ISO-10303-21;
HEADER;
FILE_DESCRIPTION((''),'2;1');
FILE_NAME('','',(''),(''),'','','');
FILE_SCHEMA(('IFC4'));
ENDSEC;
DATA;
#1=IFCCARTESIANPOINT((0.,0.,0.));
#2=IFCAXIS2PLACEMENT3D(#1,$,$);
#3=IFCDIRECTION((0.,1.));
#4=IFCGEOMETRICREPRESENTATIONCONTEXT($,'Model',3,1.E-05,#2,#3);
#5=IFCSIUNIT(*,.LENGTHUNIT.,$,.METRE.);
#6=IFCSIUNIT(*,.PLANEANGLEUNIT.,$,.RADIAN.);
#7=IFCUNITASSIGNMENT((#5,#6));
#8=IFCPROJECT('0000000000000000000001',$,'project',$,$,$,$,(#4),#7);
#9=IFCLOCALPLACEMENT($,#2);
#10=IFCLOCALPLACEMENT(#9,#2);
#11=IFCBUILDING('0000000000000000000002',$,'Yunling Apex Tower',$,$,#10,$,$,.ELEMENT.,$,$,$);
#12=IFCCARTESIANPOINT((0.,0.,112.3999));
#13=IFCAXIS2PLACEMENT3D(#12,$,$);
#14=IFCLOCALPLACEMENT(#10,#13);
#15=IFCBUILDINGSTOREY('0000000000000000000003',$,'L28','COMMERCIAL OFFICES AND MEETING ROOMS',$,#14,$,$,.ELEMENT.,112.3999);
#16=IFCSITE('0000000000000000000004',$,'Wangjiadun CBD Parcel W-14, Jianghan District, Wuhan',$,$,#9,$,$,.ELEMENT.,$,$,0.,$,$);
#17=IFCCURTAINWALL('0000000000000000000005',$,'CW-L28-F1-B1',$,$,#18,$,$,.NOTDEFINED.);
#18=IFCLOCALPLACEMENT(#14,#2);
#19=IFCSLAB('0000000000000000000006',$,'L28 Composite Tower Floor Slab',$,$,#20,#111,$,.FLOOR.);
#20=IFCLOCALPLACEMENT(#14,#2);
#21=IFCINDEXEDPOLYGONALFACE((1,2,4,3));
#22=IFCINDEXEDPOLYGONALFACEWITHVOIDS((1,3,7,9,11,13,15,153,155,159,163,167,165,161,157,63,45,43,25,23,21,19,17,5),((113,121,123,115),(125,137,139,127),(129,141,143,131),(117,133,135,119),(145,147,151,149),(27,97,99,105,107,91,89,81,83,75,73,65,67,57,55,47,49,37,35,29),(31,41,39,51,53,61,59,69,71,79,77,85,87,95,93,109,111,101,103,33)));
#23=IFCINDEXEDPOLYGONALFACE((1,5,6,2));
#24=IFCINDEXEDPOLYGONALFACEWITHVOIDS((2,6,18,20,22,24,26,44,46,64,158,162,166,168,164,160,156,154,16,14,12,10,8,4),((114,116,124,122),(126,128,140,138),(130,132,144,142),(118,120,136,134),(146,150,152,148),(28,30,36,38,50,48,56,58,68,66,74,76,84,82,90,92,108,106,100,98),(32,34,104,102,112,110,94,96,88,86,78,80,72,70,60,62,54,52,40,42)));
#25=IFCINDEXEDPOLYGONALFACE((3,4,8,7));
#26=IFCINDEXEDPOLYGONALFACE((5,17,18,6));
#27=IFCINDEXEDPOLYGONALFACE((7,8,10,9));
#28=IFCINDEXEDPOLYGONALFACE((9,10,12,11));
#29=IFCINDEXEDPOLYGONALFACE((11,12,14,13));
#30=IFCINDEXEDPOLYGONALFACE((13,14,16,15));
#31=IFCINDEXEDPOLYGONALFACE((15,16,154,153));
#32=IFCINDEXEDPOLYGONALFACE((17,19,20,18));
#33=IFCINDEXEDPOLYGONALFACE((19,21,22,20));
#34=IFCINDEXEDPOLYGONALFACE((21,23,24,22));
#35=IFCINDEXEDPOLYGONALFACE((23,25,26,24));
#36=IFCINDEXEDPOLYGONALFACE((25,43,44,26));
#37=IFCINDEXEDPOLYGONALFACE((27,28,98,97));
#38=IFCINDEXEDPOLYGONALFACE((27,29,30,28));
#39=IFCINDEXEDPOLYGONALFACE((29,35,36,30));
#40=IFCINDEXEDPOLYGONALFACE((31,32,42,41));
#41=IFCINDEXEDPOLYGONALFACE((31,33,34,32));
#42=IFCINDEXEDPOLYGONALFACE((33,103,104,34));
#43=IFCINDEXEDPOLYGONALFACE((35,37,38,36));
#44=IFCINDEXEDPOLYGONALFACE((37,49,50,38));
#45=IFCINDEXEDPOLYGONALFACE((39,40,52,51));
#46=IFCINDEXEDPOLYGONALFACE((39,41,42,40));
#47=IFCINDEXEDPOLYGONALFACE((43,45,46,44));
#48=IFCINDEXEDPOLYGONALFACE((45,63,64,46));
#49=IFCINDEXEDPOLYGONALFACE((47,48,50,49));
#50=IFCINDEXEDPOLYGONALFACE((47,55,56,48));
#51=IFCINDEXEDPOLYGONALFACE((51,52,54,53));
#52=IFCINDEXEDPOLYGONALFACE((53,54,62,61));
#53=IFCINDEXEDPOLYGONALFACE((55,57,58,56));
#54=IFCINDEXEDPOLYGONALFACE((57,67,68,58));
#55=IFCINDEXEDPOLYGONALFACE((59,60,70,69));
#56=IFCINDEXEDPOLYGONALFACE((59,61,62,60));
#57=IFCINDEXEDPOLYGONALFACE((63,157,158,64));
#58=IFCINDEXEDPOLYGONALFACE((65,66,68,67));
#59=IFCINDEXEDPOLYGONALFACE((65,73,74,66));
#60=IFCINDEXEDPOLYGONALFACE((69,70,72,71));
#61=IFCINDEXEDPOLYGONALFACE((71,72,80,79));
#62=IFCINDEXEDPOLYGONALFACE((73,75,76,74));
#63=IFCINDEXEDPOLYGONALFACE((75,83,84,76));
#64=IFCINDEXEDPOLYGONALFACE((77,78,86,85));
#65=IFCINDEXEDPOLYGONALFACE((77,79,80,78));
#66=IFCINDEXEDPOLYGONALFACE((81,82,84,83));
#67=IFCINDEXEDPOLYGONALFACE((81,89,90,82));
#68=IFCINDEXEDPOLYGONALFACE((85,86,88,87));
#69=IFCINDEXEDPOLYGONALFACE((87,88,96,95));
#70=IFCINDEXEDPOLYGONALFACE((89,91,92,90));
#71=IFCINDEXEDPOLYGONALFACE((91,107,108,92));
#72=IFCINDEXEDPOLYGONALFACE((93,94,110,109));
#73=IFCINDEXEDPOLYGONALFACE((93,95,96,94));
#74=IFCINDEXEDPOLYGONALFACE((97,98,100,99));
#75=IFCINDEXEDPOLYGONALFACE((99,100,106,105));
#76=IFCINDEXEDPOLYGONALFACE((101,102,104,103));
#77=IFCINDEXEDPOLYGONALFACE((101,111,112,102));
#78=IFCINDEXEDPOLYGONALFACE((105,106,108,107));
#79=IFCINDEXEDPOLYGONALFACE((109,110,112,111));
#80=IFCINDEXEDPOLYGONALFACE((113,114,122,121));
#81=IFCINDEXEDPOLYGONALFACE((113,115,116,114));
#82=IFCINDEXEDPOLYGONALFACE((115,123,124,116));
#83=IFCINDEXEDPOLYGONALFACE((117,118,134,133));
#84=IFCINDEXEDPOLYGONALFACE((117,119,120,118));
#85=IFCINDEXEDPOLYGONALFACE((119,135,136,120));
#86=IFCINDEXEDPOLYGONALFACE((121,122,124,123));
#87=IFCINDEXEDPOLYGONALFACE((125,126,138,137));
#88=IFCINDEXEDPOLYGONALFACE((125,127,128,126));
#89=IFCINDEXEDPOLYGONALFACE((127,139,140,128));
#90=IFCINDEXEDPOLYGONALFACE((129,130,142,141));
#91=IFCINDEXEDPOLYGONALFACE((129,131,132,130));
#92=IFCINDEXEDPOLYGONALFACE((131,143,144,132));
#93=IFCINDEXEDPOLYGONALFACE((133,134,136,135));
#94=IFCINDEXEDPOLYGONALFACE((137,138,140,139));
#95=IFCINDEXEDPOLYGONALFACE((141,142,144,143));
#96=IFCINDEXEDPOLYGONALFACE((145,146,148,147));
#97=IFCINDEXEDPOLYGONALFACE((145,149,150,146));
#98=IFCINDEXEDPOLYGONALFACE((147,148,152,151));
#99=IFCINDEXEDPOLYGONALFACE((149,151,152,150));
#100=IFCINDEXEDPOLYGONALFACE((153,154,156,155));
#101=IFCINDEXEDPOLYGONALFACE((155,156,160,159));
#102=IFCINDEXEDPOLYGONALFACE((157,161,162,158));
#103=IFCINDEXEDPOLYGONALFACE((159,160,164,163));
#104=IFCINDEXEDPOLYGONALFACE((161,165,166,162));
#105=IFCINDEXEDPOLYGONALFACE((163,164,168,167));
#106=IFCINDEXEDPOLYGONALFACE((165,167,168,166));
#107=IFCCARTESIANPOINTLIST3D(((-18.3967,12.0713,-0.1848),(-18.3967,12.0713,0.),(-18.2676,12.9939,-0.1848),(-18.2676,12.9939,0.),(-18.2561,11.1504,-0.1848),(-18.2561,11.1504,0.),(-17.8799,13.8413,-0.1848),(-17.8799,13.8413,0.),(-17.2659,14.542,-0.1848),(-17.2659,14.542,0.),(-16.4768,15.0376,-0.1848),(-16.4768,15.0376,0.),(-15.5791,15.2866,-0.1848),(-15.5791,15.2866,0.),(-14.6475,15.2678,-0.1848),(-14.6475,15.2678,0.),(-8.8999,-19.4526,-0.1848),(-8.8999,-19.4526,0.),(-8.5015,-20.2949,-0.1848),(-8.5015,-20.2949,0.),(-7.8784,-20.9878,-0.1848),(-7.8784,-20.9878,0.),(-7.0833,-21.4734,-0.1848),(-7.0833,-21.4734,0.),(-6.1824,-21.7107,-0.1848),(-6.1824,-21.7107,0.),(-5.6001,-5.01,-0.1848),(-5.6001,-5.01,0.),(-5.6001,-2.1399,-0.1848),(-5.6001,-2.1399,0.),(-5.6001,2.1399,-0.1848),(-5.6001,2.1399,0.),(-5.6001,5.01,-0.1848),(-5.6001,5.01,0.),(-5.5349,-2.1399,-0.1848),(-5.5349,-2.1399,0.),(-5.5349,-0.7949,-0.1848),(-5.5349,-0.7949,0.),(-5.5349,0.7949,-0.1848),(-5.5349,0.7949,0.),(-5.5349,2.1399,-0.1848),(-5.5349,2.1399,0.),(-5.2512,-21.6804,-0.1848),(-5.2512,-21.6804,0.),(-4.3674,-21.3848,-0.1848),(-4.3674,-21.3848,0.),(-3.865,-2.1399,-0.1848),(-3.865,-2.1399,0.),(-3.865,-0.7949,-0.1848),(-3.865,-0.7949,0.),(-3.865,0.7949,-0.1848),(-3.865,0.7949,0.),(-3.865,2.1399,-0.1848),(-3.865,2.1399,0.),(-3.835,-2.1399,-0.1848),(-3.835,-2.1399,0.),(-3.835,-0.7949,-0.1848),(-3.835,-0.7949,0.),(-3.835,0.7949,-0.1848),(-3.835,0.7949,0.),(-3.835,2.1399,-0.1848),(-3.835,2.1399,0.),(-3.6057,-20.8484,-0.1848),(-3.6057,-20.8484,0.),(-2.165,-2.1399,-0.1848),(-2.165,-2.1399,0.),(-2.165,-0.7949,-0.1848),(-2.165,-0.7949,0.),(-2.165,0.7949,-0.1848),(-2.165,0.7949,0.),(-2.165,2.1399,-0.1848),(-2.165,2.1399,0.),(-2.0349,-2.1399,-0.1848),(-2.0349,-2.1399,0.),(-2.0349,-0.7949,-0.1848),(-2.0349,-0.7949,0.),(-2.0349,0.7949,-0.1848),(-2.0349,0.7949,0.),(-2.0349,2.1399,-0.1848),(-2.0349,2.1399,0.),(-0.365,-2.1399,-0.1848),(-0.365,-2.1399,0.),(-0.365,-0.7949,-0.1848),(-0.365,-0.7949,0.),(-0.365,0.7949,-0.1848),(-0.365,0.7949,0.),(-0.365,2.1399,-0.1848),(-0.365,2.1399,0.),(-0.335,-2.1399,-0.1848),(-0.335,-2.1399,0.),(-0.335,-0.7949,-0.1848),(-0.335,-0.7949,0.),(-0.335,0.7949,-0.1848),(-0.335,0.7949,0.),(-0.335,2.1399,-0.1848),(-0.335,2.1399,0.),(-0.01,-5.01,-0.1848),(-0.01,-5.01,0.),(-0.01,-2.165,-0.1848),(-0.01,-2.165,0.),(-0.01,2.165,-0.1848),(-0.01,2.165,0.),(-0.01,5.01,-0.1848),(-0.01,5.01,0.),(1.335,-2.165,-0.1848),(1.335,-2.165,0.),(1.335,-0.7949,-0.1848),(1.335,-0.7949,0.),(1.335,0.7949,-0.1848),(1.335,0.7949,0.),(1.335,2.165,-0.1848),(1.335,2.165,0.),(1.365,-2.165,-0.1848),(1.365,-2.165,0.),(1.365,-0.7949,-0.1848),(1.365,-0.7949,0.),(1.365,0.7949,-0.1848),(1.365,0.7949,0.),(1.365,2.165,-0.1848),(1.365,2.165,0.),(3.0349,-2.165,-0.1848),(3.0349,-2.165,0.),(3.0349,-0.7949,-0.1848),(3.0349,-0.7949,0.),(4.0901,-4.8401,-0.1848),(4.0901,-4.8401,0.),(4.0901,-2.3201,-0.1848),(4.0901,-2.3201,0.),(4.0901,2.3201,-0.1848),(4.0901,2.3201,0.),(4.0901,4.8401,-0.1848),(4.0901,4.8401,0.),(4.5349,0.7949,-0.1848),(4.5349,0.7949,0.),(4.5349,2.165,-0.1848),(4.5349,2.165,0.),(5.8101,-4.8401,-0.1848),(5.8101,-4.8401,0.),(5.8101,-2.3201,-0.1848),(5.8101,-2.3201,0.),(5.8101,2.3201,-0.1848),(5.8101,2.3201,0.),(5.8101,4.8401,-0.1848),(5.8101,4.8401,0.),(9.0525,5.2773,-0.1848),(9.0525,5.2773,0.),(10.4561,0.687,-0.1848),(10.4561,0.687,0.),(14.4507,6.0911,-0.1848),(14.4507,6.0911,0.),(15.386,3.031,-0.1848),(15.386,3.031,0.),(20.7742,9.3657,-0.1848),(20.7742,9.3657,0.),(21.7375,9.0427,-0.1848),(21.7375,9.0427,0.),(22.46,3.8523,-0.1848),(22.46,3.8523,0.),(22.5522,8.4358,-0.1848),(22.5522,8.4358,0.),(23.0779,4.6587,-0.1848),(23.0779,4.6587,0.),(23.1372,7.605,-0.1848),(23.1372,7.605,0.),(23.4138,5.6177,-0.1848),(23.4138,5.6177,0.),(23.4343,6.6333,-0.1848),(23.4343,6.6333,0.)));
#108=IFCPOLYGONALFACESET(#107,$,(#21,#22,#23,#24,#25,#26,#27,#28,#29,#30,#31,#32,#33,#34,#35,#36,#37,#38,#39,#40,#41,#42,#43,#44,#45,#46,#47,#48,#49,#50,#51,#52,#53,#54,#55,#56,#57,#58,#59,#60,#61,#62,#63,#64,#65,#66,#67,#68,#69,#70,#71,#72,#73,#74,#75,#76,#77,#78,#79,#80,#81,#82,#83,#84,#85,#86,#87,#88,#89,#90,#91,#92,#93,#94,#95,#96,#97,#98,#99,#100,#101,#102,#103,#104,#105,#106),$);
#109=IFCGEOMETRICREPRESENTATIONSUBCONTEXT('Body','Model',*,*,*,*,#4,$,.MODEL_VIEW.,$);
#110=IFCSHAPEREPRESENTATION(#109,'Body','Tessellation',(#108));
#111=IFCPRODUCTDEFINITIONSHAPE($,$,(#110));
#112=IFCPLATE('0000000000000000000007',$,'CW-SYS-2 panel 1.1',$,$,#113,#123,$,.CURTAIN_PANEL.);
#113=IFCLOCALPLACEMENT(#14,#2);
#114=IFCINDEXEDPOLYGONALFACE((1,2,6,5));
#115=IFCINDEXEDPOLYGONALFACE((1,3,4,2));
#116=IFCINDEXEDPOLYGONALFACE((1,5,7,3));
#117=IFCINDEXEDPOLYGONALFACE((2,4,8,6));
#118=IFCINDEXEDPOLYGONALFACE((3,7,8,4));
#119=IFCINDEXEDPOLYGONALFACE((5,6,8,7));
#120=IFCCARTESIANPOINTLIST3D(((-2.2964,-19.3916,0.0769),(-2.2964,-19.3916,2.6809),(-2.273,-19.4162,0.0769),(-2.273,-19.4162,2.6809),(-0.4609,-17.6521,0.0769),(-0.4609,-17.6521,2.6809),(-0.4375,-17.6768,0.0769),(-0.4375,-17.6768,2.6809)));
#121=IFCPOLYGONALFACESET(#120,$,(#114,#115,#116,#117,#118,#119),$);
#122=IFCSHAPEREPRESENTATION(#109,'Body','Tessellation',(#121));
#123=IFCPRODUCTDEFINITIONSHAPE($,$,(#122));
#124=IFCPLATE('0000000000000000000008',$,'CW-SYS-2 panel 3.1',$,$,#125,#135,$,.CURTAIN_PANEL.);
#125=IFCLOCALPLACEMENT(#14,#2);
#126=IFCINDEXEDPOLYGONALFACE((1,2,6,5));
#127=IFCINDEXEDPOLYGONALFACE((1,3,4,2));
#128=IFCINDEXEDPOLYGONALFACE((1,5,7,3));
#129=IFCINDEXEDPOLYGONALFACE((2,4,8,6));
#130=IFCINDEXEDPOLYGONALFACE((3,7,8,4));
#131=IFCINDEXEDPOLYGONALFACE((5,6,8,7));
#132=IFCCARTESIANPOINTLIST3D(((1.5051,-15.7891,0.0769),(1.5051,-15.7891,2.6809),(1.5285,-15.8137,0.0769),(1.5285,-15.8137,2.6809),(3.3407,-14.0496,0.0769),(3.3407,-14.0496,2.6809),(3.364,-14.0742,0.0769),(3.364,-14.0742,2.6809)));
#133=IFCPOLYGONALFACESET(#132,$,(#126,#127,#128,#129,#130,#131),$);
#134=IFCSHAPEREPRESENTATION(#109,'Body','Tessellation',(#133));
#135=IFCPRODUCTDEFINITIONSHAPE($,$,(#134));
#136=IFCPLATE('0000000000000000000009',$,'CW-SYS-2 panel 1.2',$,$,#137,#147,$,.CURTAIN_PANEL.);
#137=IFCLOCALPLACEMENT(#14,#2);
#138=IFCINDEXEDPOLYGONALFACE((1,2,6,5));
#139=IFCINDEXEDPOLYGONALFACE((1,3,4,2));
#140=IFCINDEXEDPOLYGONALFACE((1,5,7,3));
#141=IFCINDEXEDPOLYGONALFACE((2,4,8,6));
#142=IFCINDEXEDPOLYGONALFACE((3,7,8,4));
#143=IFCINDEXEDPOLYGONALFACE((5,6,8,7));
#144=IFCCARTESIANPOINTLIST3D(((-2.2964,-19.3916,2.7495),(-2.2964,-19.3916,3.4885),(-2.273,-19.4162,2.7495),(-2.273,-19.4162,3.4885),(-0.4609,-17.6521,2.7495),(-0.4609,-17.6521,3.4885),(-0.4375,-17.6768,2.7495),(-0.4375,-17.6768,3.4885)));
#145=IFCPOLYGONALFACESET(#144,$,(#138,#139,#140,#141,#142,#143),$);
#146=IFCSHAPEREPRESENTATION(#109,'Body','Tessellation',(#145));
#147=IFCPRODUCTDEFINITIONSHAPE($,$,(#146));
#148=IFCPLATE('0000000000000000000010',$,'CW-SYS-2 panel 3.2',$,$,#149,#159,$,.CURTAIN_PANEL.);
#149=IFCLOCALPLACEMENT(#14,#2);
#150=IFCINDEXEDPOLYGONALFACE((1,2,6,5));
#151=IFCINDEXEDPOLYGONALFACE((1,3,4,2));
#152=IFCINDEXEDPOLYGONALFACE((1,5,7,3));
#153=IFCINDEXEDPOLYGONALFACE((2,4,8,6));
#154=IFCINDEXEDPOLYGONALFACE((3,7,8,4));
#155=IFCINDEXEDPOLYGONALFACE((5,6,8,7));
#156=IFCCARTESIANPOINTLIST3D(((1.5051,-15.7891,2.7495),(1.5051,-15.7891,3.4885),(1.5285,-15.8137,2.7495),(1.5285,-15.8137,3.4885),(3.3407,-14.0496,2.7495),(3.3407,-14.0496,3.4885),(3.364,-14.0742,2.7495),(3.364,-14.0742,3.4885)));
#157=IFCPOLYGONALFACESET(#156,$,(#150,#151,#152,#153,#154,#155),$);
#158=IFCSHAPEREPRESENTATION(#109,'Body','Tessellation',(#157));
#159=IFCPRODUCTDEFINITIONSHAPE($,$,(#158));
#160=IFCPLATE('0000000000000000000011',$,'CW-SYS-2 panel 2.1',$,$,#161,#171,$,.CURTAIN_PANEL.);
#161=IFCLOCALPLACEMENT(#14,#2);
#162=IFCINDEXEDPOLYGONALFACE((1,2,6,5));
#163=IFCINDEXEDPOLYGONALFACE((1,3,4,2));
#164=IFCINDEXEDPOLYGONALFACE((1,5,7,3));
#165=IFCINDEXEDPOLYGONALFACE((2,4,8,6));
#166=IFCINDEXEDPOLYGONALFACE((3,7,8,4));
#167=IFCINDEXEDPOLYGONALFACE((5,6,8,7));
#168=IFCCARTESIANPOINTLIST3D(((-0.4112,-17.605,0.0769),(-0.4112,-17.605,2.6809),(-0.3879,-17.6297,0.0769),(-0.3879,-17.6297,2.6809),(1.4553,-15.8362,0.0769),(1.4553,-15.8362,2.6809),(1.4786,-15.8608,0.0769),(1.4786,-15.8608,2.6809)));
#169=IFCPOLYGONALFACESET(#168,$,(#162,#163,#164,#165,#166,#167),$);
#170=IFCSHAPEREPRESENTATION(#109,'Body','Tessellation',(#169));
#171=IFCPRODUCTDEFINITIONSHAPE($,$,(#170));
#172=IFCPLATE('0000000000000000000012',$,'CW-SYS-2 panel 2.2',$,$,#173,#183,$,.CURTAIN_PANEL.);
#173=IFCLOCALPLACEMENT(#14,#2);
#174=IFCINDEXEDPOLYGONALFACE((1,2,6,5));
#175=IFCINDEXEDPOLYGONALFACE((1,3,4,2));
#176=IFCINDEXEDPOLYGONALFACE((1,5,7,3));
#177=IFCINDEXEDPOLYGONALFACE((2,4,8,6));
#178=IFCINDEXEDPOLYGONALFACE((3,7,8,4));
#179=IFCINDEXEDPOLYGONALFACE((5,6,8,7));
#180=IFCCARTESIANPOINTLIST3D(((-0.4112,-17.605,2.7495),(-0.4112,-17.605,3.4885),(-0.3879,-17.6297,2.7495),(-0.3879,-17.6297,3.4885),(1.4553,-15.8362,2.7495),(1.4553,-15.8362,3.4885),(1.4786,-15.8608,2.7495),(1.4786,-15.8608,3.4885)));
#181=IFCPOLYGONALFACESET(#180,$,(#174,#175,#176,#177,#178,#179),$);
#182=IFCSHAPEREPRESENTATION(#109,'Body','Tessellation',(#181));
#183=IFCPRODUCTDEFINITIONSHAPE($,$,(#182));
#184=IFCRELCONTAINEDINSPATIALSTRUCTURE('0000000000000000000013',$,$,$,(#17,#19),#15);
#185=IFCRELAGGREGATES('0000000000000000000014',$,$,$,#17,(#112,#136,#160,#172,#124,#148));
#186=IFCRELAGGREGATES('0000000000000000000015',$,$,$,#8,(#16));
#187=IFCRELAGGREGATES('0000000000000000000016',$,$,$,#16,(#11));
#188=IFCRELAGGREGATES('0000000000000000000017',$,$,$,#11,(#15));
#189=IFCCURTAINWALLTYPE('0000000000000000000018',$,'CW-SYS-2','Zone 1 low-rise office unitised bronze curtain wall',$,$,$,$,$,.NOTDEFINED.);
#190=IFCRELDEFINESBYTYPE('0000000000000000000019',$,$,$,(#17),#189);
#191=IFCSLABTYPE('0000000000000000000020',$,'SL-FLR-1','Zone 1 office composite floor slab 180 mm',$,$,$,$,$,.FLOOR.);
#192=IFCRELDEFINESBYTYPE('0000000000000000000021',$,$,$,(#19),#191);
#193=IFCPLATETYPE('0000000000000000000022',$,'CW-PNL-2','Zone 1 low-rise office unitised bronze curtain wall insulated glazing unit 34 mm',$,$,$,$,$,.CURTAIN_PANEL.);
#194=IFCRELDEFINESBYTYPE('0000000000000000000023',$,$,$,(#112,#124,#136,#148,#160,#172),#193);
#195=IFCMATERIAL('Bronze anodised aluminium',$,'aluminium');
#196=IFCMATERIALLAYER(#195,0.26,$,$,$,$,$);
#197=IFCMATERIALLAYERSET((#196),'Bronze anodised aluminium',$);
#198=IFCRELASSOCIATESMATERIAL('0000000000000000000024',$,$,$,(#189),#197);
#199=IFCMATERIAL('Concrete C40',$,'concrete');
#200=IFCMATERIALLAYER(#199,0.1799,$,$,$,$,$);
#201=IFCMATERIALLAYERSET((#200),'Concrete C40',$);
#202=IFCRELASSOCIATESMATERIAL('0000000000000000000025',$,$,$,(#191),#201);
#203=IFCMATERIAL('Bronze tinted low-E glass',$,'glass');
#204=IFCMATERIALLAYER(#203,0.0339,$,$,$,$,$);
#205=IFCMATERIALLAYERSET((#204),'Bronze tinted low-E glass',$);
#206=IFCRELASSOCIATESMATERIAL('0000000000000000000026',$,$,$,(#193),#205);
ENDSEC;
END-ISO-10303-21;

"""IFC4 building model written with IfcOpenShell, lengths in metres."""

from ifc_helpers import new_model, si_unit, direction, frame, origin, origin_2d, place, context, subcontext, project, spatial, polyline, rectangle, outline, extrude, source, transform, mapped, material, layer, layer_set, type_object, element, aggregate, save


model = new_model("IFC4")

# Units and contexts
model_context = context("Model", 3, precision=1e-05, world=origin(), true_north=direction((0.0, 1.0)))
body_context = subcontext(model_context, "Body", "Model", "MODEL_VIEW")
ifc_project = project(units=[si_unit("LENGTHUNIT", "METRE"), si_unit("PLANEANGLEUNIT", "RADIAN")], contexts=[model_context])

# Site, building, storey
site_placement = place(None, origin())
site = spatial("IfcSite", under=ifc_project, at=site_placement, Name="Wangjiadun CBD Parcel W-14, Jianghan District, Wuhan", CompositionType="ELEMENT", RefElevation=0.0)
building_placement = place(site_placement, origin())
building = spatial("IfcBuilding", under=site, at=building_placement, Name="Yunling Apex Tower", CompositionType="ELEMENT")
storey_placement = place(building_placement, frame((0.0, 0.0, 112.3999)))
storey = spatial("IfcBuildingStorey", under=building, at=storey_placement, Name="L28", Description="COMMERCIAL OFFICES AND MEETING ROOMS", CompositionType="ELEMENT", Elevation=112.3999)

# Curtain wall
ifc_material_1 = material(Name="Bronze anodised aluminium", Category="aluminium")
ifc_layer_1 = layer(ifc_material_1, 0.26)
ifc_layer_set_1 = layer_set([ifc_layer_1], Name="Bronze anodised aluminium")
curtain_wall_type = type_object("IfcCurtainWallType", Name="CW-SYS-2", Description="Zone 1 low-rise office unitised bronze curtain wall", PredefinedType="NOTDEFINED", material=ifc_layer_set_1)
curtain_wall_1_placement = place(storey_placement, origin())
curtain_wall_1 = element("IfcCurtainWall", 1, at=curtain_wall_1_placement, inside=storey, type_object=curtain_wall_type, Name="CW-L28-F1-B1", PredefinedType="NOTDEFINED")

# Slab
ifc_material_2 = material(Name="Concrete C40", Category="concrete")
ifc_layer_2 = layer(ifc_material_2, 0.1799)
ifc_layer_set_2 = layer_set([ifc_layer_2], Name="Concrete C40")
slab_type = type_object("IfcSlabType", Name="SL-FLR-1", Description="Zone 1 office composite floor slab 180 mm", PredefinedType="FLOOR", material=ifc_layer_set_2)
slab_placement = place(storey_placement, frame((0.0, 0.0, -0.1848)))
element("IfcSlab", 2, at=slab_placement, inside=storey, type_object=slab_type, Name="L28 Composite Tower Floor Slab", PredefinedType="FLOOR", context=body_context, shape_type="SweptSolid", body=[
    extrude(outline(polyline([(-8.8999, -19.4526), (-8.5015, -20.2949), (-7.8784, -20.9878), (-7.0833, -21.4734), (-6.1824, -21.7107), (-5.2512, -21.6804), (-4.3674, -21.3848), (-3.6057, -20.8484), (22.46, 3.8523), (23.0779, 4.6587), (23.4138, 5.6177), (23.4343, 6.6333), (23.1372, 7.605), (22.5522, 8.4358), (21.7375, 9.0427), (20.7742, 9.3657), (-14.6475, 15.2678), (-15.5791, 15.2866), (-16.4768, 15.0376), (-17.2659, 14.542), (-17.8799, 13.8413), (-18.2676, 12.9939), (-18.3967, 12.0713), (-18.2561, 11.1504), (-8.8999, -19.4526)]), holes=[polyline([(14.4507, 6.0911), (15.386, 3.031), (10.4561, 0.687), (9.0525, 5.2773), (14.4507, 6.0911)]), polyline([(5.8101, -2.3201), (5.8101, -4.8401), (4.0901, -4.8401), (4.0901, -2.3201), (5.8101, -2.3201)]), polyline([(5.8101, 4.8401), (5.8101, 2.3201), (4.0901, 2.3201), (4.0901, 4.8401), (5.8101, 4.8401)]), polyline([(4.5349, 0.7949), (1.365, 0.7949), (1.365, 2.165), (4.5349, 2.165), (4.5349, 0.7949)]), polyline([(3.0349, -0.7949), (3.0349, -2.165), (1.365, -2.165), (1.365, -0.7949), (3.0349, -0.7949)]), polyline([(-3.865, -0.7949), (-3.865, -2.1399), (-3.835, -2.1399), (-3.835, -0.7949), (-2.165, -0.7949), (-2.165, -2.1399), (-2.0349, -2.1399), (-2.0349, -0.7949), (-0.365, -0.7949), (-0.365, -2.1399), (-0.335, -2.1399), (-0.335, -0.7949), (1.335, -0.7949), (1.335, -2.165), (-0.01, -2.165), (-0.01, -5.01), (-5.6001, -5.01), (-5.6001, -2.1399), (-5.5349, -2.1399), (-5.5349, -0.7949), (-3.865, -0.7949)]), polyline([(-5.6001, 2.1399), (-5.6001, 5.01), (-0.01, 5.01), (-0.01, 2.165), (1.335, 2.165), (1.335, 0.7949), (-0.335, 0.7949), (-0.335, 2.1399), (-0.365, 2.1399), (-0.365, 0.7949), (-2.0349, 0.7949), (-2.0349, 2.1399), (-2.165, 2.1399), (-2.165, 0.7949), (-3.835, 0.7949), (-3.835, 2.1399), (-3.865, 2.1399), (-3.865, 0.7949), (-5.5349, 0.7949), (-5.5349, 2.1399), (-5.6001, 2.1399)])]), origin(), (0.0, 0.0, 1.0), 0.1848),
])

# Plates
ifc_material_3 = material(Name="Bronze tinted low-E glass", Category="glass")
ifc_layer_3 = layer(ifc_material_3, 0.0339)
ifc_layer_set_3 = layer_set([ifc_layer_3], Name="Bronze tinted low-E glass")
plate_type = type_object("IfcPlateType", Name="CW-PNL-2", Description="Zone 1 low-rise office unitised bronze curtain wall insulated glazing unit 34 mm", PredefinedType="CURTAIN_PANEL", material=ifc_layer_set_3)
shared_shape_1 = source(origin(), body_context, "Body", "SweptSolid", [
    extrude(rectangle(XDim=2.5288, YDim=0.0339, at=origin_2d()), origin(), (0.0, 0.0, 1.0), 2.604),
])
plate_1_placement = place(storey_placement, frame((-1.3669, -18.5342, 0.0769), z_axis=(0.0, 0.0, 1.0), x_axis=(0.725842, 0.687861, 0.0)))
plate_1 = element("IfcPlate", 3, at=plate_1_placement, type_object=plate_type, Name="CW-SYS-2 panel 1.1", PredefinedType="CURTAIN_PANEL", context=body_context, shape_type="MappedRepresentation", body=[
    mapped(shared_shape_1, transform((0.0, 0.0, 0.0), scale=1.0)),
])
plate_2_placement = place(storey_placement, frame((2.4346, -14.9316, 0.0769), z_axis=(0.0, 0.0, 1.0), x_axis=(0.725842, 0.687861, 0.0)))
plate_2 = element("IfcPlate", 4, at=plate_2_placement, type_object=plate_type, Name="CW-SYS-2 panel 3.1", PredefinedType="CURTAIN_PANEL", context=body_context, shape_type="MappedRepresentation", body=[
    mapped(shared_shape_1, transform((0.0, 0.0, 0.0), scale=1.0)),
])
shared_shape_2 = source(origin(), body_context, "Body", "SweptSolid", [
    extrude(rectangle(XDim=2.5288, YDim=0.0339, at=origin_2d()), origin(), (0.0, 0.0, 1.0), 0.739),
])
plate_3_placement = place(storey_placement, frame((-1.3669, -18.5342, 2.7495), z_axis=(0.0, 0.0, 1.0), x_axis=(0.725842, 0.687861, 0.0)))
plate_3 = element("IfcPlate", 5, at=plate_3_placement, type_object=plate_type, Name="CW-SYS-2 panel 1.2", PredefinedType="CURTAIN_PANEL", context=body_context, shape_type="MappedRepresentation", body=[
    mapped(shared_shape_2, transform((0.0, 0.0, 0.0), scale=1.0)),
])
plate_4_placement = place(storey_placement, frame((2.4346, -14.9316, 2.7495), z_axis=(0.0, 0.0, 1.0), x_axis=(0.725842, 0.687861, 0.0)))
plate_4 = element("IfcPlate", 6, at=plate_4_placement, type_object=plate_type, Name="CW-SYS-2 panel 3.2", PredefinedType="CURTAIN_PANEL", context=body_context, shape_type="MappedRepresentation", body=[
    mapped(shared_shape_2, transform((0.0, 0.0, 0.0), scale=1.0)),
])
shared_shape_3 = source(origin(), body_context, "Body", "SweptSolid", [
    extrude(rectangle(XDim=2.5715, YDim=0.0339, at=origin_2d()), origin(), (0.0, 0.0, 1.0), 2.604),
])
plate_5_placement = place(storey_placement, frame((0.5337, -16.7329, 0.0769), z_axis=(0.0, 0.0, 1.0), x_axis=(0.725842, 0.687861, 0.0)))
plate_5 = element("IfcPlate", 7, at=plate_5_placement, type_object=plate_type, Name="CW-SYS-2 panel 2.1", PredefinedType="CURTAIN_PANEL", context=body_context, shape_type="MappedRepresentation", body=[
    mapped(shared_shape_3, transform((0.0, 0.0, 0.0), scale=1.0)),
])
shared_shape_4 = source(origin(), body_context, "Body", "SweptSolid", [
    extrude(rectangle(XDim=2.5715, YDim=0.0339, at=origin_2d()), origin(), (0.0, 0.0, 1.0), 0.739),
])
plate_6_placement = place(storey_placement, frame((0.5337, -16.7329, 2.7495), z_axis=(0.0, 0.0, 1.0), x_axis=(0.725842, 0.687861, 0.0)))
plate_6 = element("IfcPlate", 8, at=plate_6_placement, type_object=plate_type, Name="CW-SYS-2 panel 2.2", PredefinedType="CURTAIN_PANEL", context=body_context, shape_type="MappedRepresentation", body=[
    mapped(shared_shape_4, transform((0.0, 0.0, 0.0), scale=1.0)),
])
aggregate(curtain_wall_1, [plate_1, plate_3, plate_5, plate_6, plate_2, plate_4])

save(model, "model.ifc")
